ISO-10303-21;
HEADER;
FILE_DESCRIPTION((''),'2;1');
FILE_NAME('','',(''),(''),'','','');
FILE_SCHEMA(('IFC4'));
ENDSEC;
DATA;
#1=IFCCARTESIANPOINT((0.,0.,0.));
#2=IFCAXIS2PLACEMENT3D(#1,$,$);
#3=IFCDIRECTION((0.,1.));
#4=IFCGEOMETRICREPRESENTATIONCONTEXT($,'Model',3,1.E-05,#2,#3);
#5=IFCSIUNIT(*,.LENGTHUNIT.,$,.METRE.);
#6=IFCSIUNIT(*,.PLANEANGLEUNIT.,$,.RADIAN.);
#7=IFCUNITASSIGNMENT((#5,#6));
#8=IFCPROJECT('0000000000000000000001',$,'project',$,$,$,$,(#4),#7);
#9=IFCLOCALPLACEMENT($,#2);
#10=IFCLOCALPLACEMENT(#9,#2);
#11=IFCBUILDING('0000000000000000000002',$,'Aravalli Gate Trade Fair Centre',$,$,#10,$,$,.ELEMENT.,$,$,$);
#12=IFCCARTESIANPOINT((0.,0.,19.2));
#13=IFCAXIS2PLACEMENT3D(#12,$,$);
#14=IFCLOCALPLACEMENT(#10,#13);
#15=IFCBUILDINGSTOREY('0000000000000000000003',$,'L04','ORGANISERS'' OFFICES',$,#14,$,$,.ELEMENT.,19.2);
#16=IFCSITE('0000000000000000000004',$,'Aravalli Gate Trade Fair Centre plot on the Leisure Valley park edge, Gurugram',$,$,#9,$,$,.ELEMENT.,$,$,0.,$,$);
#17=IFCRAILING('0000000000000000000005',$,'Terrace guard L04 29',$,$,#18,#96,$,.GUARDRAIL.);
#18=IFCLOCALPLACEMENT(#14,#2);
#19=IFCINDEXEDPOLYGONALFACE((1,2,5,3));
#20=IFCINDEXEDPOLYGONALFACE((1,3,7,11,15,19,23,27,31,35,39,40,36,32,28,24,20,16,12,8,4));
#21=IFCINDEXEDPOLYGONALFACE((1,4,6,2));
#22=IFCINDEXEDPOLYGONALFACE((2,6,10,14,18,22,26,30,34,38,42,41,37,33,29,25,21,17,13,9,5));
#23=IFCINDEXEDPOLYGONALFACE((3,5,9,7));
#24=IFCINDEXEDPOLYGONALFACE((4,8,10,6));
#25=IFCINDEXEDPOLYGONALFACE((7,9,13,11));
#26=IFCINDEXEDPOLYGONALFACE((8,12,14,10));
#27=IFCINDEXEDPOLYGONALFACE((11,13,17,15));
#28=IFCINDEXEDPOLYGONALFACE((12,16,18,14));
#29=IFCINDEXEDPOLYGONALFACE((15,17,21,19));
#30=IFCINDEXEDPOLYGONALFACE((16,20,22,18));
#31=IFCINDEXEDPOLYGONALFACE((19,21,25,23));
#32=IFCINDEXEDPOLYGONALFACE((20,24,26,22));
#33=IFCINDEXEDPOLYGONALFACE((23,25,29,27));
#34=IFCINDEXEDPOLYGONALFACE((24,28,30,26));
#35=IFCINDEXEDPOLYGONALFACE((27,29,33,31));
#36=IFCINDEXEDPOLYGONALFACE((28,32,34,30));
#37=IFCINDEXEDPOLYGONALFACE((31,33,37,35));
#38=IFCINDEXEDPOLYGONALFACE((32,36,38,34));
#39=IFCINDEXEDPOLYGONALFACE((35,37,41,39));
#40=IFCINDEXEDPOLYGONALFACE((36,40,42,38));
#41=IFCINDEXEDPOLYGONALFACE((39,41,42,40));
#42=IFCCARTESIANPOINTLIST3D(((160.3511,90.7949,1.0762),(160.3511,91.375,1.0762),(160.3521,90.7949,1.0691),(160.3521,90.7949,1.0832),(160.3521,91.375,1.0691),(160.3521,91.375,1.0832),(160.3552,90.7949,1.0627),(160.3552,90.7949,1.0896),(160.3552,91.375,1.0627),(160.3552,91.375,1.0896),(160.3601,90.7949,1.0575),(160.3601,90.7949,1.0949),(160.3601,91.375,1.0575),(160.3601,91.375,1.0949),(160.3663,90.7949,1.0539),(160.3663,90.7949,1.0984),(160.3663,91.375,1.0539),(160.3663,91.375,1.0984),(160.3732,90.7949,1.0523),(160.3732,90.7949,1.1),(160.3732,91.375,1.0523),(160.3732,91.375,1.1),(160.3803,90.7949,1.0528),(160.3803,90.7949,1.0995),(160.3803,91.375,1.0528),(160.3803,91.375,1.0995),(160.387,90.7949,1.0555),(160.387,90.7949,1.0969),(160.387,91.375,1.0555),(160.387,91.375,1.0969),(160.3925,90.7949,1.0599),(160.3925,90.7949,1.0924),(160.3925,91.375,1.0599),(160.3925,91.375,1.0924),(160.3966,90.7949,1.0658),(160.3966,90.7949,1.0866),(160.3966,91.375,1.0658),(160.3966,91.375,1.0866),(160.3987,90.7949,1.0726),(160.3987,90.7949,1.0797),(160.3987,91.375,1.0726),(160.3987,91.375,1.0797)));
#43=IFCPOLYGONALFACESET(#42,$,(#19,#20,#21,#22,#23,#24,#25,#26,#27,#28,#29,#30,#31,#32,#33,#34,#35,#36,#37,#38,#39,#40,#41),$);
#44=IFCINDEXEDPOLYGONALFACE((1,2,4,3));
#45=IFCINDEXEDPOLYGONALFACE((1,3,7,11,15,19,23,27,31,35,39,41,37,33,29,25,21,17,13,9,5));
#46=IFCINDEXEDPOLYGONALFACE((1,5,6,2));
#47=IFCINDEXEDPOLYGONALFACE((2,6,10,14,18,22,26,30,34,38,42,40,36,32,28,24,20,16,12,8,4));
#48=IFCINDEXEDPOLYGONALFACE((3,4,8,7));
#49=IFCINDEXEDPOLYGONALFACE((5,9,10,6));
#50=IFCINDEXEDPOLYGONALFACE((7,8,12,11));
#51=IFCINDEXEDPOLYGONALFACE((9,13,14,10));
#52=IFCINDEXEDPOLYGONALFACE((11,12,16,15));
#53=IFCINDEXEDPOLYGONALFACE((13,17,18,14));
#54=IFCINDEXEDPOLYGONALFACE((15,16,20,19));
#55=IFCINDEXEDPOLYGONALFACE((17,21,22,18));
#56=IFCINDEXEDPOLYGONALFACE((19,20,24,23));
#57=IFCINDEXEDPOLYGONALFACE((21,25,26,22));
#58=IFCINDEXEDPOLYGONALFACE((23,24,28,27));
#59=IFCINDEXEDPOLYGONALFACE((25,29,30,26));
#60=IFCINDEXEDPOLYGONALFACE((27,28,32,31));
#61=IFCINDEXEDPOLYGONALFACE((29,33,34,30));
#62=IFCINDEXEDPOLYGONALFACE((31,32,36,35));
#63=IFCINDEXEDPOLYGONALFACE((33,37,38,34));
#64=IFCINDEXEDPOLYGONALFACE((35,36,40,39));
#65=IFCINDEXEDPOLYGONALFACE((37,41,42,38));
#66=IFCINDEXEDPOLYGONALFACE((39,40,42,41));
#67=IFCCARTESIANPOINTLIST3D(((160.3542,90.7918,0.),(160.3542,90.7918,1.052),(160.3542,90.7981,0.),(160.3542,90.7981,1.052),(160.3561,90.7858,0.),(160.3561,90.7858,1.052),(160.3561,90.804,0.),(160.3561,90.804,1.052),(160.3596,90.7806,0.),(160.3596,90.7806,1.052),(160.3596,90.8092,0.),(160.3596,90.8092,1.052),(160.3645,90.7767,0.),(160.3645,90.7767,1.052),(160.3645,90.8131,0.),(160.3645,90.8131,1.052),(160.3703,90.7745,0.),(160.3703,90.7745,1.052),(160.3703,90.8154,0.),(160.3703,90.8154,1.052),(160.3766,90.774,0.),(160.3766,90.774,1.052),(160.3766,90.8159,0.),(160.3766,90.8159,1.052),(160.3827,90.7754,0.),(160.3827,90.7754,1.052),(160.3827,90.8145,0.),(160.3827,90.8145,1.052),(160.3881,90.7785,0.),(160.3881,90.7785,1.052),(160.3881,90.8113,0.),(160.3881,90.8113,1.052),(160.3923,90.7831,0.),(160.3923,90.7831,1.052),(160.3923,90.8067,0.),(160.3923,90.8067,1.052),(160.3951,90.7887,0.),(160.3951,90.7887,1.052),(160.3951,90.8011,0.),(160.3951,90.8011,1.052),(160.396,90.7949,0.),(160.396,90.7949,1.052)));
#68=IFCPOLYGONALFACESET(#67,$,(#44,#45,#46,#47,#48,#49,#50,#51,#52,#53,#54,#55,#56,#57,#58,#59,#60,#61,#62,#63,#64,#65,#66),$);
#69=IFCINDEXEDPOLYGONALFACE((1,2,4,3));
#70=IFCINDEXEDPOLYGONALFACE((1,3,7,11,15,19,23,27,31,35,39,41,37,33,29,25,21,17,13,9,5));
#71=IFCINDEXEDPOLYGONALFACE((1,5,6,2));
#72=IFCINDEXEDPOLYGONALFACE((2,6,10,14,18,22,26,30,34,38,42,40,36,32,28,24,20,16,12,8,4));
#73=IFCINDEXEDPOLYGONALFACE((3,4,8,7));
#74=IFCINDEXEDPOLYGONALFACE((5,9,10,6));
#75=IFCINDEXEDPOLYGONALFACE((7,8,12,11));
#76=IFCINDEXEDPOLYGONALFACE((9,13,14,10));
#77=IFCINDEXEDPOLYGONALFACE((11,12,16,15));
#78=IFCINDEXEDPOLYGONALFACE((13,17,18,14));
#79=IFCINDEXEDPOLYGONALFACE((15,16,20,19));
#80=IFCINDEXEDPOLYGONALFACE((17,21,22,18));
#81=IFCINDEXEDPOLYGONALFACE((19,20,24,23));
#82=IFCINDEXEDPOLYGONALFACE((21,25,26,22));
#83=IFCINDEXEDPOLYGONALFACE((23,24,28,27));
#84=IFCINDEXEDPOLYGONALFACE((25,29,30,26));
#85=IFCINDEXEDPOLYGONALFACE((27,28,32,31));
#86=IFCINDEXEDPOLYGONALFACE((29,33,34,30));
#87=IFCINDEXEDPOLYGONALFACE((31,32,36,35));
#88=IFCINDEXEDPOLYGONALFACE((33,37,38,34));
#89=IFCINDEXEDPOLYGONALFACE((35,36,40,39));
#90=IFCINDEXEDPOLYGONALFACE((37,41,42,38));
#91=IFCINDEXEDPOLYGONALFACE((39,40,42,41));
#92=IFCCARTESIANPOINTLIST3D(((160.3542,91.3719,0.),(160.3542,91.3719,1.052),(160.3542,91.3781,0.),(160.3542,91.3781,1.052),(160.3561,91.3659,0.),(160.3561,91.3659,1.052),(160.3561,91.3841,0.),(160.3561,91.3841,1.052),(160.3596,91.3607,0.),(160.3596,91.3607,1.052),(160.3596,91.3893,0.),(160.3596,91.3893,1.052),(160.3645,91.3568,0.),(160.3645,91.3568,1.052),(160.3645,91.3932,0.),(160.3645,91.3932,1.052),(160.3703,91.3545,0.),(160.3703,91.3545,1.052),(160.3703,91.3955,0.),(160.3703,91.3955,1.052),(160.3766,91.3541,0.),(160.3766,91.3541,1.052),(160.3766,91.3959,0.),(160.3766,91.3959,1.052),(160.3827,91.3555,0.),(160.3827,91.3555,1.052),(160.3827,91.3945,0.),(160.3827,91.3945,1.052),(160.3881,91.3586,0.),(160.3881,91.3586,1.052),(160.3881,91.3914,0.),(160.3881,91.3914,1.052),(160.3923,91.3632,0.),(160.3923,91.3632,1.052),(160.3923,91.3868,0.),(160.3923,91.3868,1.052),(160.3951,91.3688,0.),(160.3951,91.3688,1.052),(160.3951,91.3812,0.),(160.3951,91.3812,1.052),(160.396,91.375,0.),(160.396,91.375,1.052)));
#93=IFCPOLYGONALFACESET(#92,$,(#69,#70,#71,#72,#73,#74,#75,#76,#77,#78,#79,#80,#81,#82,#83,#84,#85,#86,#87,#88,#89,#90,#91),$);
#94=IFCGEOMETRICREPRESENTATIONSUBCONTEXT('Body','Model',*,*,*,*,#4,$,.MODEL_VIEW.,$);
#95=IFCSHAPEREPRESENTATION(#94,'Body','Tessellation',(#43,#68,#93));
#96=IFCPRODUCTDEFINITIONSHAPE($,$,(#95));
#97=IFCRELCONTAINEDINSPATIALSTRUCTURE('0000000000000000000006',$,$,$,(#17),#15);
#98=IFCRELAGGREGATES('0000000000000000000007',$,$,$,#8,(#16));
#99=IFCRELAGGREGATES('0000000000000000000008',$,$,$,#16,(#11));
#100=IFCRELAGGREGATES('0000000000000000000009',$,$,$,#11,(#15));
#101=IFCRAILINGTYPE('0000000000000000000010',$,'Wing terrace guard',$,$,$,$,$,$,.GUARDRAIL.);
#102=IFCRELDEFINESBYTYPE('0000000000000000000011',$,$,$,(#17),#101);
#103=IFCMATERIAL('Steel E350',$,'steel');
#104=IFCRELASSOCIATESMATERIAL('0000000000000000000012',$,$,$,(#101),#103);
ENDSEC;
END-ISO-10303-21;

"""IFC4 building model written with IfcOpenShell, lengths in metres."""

from ifc_helpers import new_model, si_unit, direction, frame, origin, origin_2d, place, context, subcontext, project, spatial, circle, extrude, material, type_object, element, save


model = new_model("IFC4")

# Units and contexts
model_context = context("Model", 3, precision=1e-05, world=origin(), true_north=direction((0.0, 1.0)))
body_context = subcontext(model_context, "Body", "Model", "MODEL_VIEW")
ifc_project = project(units=[si_unit("LENGTHUNIT", "METRE"), si_unit("PLANEANGLEUNIT", "RADIAN")], contexts=[model_context])

# Site, building, storey
site_placement = place(None, origin())
site = spatial("IfcSite", under=ifc_project, at=site_placement, Name="Aravalli Gate Trade Fair Centre plot on the Leisure Valley park edge, Gurugram", CompositionType="ELEMENT", RefElevation=0.0)
building_placement = place(site_placement, origin())
building = spatial("IfcBuilding", under=site, at=building_placement, Name="Aravalli Gate Trade Fair Centre", CompositionType="ELEMENT")
storey_placement = place(building_placement, frame((0.0, 0.0, 19.2)))
storey = spatial("IfcBuildingStorey", under=building, at=storey_placement, Name="L04", Description="ORGANISERS' OFFICES", CompositionType="ELEMENT", Elevation=19.2)

# Railing
ifc_material_1 = material(Name="Steel E350", Category="steel")
railing_type = type_object("IfcRailingType", Name="Wing terrace guard", PredefinedType="GUARDRAIL", material=ifc_material_1)
railing_1_placement = place(storey_placement, frame((160.375, 90.7949, 0.0)))
element("IfcRailing", 1, at=railing_1_placement, inside=storey, type_object=railing_type, Name="Terrace guard L04 29", PredefinedType="GUARDRAIL", context=body_context, shape_type="SweptSolid", body=[
    extrude(circle(Radius=0.0239, at=origin_2d()), frame((0.0, 0.0, 1.0762), z_axis=(0.0, 1.0, 0.0), x_axis=(-1.0, 0.0, 0.0)), (0.0, 0.0, 1.0), 0.5801),
    extrude(circle(Radius=0.021, at=origin_2d()), origin(), (0.0, 0.0, 1.0), 1.052),
    extrude(circle(Radius=0.021, at=origin_2d()), frame((0.0, 0.5801, 0.0)), (0.0, 0.0, 1.0), 1.052),
])

save(model, "model.ifc")
